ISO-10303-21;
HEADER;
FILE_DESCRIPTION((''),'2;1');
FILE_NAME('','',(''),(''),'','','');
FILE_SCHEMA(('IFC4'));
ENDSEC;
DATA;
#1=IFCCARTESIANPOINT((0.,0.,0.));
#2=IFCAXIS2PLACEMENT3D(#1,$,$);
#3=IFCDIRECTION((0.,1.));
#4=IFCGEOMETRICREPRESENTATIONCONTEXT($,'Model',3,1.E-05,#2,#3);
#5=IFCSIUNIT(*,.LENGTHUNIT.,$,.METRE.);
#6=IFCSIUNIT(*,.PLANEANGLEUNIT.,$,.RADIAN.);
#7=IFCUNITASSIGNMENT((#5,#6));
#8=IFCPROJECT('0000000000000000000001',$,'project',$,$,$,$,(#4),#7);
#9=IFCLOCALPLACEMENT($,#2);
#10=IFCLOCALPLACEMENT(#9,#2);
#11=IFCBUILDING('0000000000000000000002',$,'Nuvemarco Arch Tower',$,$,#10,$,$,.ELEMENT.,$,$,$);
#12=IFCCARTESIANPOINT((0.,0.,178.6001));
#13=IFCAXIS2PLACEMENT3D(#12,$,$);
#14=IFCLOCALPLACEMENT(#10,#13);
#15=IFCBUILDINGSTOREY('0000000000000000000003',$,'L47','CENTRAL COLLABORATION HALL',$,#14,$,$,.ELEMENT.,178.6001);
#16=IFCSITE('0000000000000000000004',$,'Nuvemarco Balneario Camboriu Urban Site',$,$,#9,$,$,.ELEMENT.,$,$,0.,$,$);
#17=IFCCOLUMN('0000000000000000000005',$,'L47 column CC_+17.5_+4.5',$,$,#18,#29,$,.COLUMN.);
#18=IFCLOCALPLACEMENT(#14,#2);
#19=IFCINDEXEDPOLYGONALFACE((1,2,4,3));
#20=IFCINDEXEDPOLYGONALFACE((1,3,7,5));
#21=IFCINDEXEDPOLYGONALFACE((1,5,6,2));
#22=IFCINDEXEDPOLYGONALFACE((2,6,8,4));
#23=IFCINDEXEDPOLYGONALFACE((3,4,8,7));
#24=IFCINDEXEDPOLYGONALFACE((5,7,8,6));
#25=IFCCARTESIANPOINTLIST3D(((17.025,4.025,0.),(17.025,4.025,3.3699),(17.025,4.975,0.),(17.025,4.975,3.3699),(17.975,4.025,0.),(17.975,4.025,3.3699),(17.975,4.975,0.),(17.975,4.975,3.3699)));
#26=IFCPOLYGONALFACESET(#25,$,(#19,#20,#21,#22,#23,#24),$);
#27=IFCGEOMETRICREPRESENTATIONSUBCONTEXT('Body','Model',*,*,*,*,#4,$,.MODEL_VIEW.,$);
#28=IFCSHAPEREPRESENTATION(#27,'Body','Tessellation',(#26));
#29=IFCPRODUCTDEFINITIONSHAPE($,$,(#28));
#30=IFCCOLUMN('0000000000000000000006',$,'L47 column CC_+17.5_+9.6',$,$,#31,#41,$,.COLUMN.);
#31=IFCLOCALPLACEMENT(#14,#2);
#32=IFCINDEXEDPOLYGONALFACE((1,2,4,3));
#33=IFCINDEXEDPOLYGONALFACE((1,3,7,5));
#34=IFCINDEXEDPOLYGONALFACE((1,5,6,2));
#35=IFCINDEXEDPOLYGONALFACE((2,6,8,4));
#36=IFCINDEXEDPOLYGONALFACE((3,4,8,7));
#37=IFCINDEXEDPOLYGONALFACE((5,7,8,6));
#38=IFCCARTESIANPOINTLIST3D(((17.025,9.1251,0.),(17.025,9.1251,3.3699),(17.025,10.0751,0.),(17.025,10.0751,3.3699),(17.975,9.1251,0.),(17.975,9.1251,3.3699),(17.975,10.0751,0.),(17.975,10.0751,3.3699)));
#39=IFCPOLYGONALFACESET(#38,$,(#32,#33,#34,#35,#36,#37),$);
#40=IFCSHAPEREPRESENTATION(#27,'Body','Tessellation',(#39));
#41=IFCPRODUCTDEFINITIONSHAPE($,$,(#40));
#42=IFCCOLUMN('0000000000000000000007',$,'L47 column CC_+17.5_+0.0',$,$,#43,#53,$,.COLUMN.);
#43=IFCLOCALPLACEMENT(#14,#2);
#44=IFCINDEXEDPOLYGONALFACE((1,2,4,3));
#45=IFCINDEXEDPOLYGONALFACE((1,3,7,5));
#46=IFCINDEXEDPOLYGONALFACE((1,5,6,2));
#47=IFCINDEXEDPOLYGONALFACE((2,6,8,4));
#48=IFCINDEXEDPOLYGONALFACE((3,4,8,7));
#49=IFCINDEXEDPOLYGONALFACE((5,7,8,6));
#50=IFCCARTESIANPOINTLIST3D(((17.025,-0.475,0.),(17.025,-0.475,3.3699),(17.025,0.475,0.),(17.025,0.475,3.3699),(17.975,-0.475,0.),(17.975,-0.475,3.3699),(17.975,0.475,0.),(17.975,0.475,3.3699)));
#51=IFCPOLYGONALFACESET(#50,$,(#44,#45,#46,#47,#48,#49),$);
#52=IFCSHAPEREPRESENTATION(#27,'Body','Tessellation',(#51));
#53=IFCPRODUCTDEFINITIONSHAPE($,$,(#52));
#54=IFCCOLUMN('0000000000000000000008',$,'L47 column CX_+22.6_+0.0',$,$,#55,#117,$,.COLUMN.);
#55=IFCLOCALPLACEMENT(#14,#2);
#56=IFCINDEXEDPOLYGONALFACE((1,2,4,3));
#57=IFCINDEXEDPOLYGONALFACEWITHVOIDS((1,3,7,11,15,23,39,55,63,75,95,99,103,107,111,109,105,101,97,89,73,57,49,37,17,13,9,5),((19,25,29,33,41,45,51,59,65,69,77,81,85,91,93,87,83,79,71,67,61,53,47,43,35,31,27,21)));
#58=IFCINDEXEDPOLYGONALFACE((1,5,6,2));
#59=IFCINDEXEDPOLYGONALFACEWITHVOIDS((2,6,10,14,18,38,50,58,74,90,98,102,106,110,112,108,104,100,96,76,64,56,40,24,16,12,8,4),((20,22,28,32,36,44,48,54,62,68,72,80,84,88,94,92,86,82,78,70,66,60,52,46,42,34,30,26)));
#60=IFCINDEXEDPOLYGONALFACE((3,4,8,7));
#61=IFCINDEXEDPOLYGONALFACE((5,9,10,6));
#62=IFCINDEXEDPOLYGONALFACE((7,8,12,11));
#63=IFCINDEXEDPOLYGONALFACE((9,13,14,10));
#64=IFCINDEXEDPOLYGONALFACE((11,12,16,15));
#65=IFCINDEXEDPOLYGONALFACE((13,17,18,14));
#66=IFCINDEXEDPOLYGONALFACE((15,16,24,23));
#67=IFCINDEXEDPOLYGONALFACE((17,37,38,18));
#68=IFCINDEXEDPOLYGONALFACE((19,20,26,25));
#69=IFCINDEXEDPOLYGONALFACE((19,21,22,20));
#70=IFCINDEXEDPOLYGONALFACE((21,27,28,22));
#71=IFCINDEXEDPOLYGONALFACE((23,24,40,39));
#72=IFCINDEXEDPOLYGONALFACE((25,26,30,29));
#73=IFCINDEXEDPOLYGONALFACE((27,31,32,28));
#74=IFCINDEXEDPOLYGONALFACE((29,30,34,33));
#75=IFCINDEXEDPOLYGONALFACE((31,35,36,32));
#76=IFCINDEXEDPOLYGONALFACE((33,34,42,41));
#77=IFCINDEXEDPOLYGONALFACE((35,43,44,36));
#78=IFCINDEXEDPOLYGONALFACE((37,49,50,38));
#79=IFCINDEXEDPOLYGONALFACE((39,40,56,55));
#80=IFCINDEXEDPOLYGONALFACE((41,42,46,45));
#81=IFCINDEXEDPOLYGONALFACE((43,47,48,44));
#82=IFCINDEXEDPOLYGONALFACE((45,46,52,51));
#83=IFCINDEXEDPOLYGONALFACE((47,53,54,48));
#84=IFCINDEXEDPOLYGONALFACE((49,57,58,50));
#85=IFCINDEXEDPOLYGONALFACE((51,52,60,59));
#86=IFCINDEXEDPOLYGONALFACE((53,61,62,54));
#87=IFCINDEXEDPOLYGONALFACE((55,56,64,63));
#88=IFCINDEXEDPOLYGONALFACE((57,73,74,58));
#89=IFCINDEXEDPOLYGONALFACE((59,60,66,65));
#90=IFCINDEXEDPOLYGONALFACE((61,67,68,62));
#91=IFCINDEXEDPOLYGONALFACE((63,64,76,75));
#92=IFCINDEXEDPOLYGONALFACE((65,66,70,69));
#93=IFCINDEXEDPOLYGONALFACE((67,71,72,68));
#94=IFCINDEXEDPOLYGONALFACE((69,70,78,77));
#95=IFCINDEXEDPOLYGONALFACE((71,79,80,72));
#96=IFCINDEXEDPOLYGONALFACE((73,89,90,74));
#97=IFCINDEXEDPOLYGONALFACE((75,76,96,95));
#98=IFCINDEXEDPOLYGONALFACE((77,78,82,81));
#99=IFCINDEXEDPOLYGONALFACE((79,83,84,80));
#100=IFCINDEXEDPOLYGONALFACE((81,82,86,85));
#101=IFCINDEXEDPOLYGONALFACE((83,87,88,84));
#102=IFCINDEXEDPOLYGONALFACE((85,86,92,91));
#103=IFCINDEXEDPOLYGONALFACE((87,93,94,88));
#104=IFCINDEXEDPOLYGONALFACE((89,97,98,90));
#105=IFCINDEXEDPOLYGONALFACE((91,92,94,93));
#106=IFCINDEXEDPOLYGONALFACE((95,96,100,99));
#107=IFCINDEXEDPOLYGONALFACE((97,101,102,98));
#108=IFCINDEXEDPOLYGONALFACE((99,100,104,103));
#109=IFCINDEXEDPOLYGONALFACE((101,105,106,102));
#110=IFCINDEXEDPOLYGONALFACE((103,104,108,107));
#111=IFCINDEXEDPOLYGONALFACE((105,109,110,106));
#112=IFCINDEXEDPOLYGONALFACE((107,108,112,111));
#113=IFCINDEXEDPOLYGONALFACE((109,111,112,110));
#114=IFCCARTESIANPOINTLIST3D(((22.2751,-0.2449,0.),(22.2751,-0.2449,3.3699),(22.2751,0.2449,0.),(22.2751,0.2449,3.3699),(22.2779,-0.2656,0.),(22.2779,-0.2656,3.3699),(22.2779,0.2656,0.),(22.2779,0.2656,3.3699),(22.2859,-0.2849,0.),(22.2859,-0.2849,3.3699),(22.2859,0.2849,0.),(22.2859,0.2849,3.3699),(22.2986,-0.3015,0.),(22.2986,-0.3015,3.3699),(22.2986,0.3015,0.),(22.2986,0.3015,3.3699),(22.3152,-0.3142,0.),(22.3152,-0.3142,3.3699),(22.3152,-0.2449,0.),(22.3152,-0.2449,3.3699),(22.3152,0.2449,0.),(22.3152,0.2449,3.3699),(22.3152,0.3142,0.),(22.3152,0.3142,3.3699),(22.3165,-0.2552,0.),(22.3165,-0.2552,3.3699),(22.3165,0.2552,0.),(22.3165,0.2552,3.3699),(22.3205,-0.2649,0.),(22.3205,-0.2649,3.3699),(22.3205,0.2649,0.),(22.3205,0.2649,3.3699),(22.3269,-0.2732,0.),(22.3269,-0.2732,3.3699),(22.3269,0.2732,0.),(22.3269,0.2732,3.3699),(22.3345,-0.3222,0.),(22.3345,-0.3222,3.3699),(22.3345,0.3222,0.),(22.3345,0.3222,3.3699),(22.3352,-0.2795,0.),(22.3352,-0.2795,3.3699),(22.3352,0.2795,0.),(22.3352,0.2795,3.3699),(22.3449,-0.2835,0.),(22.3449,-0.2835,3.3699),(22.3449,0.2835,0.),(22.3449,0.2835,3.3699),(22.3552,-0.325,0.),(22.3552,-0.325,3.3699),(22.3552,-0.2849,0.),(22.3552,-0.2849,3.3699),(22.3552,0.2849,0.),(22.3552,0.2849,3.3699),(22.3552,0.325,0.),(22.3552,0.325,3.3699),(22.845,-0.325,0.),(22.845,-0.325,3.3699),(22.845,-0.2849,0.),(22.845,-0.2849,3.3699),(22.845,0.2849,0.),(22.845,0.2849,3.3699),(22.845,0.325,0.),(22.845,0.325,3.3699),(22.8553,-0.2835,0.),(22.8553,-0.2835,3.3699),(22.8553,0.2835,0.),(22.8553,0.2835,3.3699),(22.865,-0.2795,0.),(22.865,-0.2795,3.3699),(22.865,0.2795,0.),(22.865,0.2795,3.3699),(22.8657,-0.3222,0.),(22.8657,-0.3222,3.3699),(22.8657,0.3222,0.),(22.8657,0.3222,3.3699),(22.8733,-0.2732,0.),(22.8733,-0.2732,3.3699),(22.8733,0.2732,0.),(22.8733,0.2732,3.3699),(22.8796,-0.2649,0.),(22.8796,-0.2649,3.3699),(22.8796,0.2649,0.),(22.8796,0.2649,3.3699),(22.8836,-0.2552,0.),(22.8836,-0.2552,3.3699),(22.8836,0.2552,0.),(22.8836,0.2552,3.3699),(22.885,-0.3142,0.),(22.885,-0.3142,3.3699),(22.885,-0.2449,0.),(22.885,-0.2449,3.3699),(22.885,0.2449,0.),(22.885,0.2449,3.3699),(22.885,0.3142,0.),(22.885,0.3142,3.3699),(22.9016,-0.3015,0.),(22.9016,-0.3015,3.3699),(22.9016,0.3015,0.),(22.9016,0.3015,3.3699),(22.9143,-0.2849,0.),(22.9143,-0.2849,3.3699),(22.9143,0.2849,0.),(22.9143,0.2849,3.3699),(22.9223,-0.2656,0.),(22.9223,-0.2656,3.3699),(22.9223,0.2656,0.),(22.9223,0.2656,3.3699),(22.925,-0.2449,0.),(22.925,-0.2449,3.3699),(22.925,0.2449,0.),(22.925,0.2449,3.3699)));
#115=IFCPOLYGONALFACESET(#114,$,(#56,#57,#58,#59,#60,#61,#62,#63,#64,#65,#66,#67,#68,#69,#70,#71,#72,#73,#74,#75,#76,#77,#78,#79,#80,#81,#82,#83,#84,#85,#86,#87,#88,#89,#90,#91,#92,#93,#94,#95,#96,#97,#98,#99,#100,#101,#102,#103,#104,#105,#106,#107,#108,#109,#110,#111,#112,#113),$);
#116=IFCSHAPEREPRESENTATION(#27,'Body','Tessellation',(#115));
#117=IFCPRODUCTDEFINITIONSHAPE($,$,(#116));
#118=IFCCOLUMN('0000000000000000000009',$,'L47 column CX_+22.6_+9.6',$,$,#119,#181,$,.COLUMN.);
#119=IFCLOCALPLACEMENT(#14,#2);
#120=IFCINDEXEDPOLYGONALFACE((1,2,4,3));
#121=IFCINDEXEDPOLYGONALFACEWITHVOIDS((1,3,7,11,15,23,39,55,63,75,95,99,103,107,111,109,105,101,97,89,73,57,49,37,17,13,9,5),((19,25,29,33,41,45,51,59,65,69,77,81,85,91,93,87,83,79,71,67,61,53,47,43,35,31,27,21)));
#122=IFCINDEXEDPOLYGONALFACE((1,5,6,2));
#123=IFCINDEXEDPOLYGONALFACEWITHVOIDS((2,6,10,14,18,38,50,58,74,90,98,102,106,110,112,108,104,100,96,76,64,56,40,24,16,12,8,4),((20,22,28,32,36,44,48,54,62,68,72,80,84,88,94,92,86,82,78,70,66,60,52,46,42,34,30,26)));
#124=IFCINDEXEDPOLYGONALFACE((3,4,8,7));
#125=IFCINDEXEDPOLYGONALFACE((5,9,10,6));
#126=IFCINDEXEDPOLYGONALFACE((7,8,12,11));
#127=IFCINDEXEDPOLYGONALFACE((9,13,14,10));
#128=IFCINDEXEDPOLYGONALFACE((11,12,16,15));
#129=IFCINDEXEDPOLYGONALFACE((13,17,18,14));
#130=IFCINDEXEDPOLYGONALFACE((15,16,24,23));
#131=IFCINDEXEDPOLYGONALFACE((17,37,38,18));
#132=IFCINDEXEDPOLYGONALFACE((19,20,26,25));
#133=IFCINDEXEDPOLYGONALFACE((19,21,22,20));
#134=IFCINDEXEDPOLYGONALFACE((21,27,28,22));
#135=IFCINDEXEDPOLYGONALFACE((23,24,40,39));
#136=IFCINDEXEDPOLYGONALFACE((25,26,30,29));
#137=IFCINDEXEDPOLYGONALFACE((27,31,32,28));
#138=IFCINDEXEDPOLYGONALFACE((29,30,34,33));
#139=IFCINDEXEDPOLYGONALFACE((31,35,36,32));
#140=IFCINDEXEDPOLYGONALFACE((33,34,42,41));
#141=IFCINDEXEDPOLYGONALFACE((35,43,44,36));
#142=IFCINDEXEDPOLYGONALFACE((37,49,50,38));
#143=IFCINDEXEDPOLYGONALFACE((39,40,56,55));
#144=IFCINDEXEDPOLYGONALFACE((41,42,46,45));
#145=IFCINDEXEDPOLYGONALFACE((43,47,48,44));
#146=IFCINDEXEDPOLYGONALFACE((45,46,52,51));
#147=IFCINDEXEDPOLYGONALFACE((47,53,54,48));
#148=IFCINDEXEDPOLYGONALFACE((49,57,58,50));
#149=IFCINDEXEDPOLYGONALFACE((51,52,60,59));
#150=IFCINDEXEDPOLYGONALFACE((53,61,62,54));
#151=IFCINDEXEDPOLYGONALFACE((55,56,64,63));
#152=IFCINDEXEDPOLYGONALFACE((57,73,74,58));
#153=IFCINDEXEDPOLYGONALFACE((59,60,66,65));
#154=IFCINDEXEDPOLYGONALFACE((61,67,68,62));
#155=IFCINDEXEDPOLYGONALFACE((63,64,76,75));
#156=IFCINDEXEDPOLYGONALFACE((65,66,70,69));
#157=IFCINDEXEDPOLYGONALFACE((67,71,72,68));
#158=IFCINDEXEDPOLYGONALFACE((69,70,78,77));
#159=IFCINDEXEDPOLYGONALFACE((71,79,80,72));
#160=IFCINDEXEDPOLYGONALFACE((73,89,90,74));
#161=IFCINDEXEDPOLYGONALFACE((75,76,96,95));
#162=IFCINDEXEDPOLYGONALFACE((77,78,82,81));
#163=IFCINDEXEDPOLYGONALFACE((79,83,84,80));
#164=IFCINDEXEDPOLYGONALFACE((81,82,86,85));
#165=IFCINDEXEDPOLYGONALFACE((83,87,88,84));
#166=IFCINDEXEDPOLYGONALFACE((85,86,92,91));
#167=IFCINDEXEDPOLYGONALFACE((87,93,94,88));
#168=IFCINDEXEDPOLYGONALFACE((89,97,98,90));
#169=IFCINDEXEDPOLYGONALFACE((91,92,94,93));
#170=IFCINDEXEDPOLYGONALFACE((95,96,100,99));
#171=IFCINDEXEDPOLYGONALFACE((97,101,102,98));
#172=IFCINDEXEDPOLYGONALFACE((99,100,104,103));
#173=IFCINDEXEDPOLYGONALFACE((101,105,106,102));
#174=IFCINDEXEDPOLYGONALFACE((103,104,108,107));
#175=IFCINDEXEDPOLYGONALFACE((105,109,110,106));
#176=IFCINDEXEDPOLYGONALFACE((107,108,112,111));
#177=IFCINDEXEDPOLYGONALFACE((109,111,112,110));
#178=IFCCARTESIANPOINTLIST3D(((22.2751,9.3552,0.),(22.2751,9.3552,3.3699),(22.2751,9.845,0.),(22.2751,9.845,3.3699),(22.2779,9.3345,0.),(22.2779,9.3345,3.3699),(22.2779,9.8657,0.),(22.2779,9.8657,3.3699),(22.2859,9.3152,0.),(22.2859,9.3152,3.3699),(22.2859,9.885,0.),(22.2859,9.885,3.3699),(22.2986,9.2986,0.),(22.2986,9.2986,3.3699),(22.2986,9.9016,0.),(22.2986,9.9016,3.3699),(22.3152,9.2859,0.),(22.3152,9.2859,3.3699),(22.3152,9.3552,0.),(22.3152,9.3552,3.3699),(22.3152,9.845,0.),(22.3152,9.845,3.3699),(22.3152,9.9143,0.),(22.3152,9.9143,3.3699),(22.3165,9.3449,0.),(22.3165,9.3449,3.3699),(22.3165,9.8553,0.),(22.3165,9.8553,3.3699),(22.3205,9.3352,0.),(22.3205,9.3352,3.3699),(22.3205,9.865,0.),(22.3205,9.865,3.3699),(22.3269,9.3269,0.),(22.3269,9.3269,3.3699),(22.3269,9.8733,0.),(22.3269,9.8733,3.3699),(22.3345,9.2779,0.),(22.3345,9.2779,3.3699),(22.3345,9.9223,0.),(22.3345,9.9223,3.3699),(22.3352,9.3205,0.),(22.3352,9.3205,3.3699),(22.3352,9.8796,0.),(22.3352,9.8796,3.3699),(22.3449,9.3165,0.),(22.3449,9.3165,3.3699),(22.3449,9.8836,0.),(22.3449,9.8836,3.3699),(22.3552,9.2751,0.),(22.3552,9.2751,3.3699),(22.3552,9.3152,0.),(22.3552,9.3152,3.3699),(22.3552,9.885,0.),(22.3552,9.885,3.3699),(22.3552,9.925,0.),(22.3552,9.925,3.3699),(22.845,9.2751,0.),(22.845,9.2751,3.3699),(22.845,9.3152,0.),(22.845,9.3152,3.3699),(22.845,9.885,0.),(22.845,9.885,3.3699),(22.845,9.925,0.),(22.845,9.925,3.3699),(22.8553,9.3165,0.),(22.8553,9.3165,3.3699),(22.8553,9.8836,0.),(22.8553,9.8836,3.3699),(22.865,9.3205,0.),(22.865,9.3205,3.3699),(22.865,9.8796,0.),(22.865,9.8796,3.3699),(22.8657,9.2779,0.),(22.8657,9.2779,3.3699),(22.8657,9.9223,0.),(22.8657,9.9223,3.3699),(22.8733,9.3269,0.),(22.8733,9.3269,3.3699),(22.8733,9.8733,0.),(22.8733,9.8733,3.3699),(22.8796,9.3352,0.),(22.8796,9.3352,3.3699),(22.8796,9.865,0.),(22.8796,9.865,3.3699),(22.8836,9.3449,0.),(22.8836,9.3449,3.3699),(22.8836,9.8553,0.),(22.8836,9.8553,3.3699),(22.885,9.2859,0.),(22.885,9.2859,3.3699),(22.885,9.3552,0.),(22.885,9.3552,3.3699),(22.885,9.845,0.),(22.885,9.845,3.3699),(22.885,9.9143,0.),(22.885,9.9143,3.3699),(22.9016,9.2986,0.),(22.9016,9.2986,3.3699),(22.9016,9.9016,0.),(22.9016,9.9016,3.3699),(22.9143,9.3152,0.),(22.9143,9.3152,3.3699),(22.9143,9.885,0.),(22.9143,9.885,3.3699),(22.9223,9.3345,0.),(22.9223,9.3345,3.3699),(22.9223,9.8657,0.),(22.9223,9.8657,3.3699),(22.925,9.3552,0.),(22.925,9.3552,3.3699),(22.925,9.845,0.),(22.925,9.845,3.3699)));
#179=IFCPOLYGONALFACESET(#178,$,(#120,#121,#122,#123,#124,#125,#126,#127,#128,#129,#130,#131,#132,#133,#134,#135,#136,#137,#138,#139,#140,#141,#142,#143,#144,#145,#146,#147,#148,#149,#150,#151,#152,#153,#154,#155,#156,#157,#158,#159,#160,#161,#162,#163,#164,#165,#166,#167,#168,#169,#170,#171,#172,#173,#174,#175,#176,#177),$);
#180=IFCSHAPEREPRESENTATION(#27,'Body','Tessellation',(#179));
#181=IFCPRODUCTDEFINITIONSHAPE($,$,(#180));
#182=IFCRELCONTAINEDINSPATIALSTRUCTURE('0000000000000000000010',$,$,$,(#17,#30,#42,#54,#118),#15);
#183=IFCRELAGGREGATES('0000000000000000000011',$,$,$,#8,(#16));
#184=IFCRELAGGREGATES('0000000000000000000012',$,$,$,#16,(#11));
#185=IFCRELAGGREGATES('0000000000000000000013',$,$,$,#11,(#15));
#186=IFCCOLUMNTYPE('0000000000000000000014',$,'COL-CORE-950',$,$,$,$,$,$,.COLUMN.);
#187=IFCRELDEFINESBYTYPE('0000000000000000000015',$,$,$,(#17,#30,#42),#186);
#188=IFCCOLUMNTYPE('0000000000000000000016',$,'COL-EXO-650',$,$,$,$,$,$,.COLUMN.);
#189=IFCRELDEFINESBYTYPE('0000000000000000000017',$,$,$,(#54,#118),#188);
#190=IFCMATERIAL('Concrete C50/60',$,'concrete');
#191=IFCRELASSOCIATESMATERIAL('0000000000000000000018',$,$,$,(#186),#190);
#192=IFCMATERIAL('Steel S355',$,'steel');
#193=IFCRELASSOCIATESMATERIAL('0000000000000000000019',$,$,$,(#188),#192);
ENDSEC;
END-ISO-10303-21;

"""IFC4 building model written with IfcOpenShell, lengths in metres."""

from ifc_helpers import new_model, si_unit, direction, frame, origin, origin_2d, place, context, subcontext, project, spatial, rectangle, hollow_rectangle, extrude, material, material_profile, profile_set, type_object, element, save


model = new_model("IFC4")

# Units and contexts
model_context = context("Model", 3, precision=1e-05, world=origin(), true_north=direction((0.0, 1.0)))
body_context = subcontext(model_context, "Body", "Model", "MODEL_VIEW")
ifc_project = project(units=[si_unit("LENGTHUNIT", "METRE"), si_unit("PLANEANGLEUNIT", "RADIAN")], contexts=[model_context])

# Site, building, storey
site_placement = place(None, origin())
site = spatial("IfcSite", under=ifc_project, at=site_placement, Name="Nuvemarco Balneario Camboriu Urban Site", CompositionType="ELEMENT", RefElevation=0.0)
building_placement = place(site_placement, origin())
building = spatial("IfcBuilding", under=site, at=building_placement, Name="Nuvemarco Arch Tower", CompositionType="ELEMENT")
storey_placement = place(building_placement, frame((0.0, 0.0, 178.6001)))
storey = spatial("IfcBuildingStorey", under=building, at=storey_placement, Name="L47", Description="CENTRAL COLLABORATION HALL", CompositionType="ELEMENT", Elevation=178.6001)

# Columns
ifc_material_1 = material(Name="Concrete C50/60", Category="concrete")
ifc_material_profile_1 = material_profile(ifc_material_1, rectangle(XDim=0.95, YDim=0.95, at=origin_2d()), Name="RC-COL-950x950")
ifc_profile_set_1 = profile_set([ifc_material_profile_1], Name="Concrete C50/60")
column_type_1 = type_object("IfcColumnType", Name="COL-CORE-950", PredefinedType="COLUMN", material=ifc_profile_set_1)
for number, where, z_axis, x_axis, name in (
    (1, (17.5, 4.5, 0.0), (0.0, 0.0, 1.0), (1.0, 0.0, 0.0), "L47 column CC_+17.5_+4.5"),
    (2, (17.5, 9.6001, 0.0), (0.0, 0.0, 1.0), (1.0, 0.0, 0.0), "L47 column CC_+17.5_+9.6"),
    (3, (17.5, 0.0, 0.0), (0.0, 0.0, 1.0), (1.0, 0.0, 0.0), "L47 column CC_+17.5_+0.0"),
):
    element("IfcColumn", number, at=place(storey_placement, frame(where, z_axis=z_axis, x_axis=x_axis)), inside=storey, type_object=column_type_1, Name=name, PredefinedType="COLUMN", context=body_context, shape_type="SweptSolid", body=[
        extrude(rectangle(XDim=0.95, YDim=0.95, at=origin_2d()), origin(), (0.0, 0.0, 1.0), 3.3699),
    ])
ifc_material_2 = material(Name="Steel S355", Category="steel")
ifc_material_profile_2 = material_profile(ifc_material_2, hollow_rectangle(XDim=0.6499, YDim=0.6499, WallThickness=0.04, InnerFilletRadius=0.04, OuterFilletRadius=0.0801, at=origin_2d()), Name="SHS650x650x40")
ifc_profile_set_2 = profile_set([ifc_material_profile_2], Name="Steel S355")
column_type_2 = type_object("IfcColumnType", Name="COL-EXO-650", PredefinedType="COLUMN", material=ifc_profile_set_2)
for number, where, z_axis, x_axis, name in (
    (4, (22.6001, 0.0, 0.0), (0.0, 0.0, 1.0), (1.0, 0.0, 0.0), "L47 column CX_+22.6_+0.0"),
    (5, (22.6001, 9.6001, 0.0), (0.0, 0.0, 1.0), (1.0, 0.0, 0.0), "L47 column CX_+22.6_+9.6"),
):
    element("IfcColumn", number, at=place(storey_placement, frame(where, z_axis=z_axis, x_axis=x_axis)), inside=storey, type_object=column_type_2, Name=name, PredefinedType="COLUMN", context=body_context, shape_type="SweptSolid", body=[
        extrude(hollow_rectangle(XDim=0.6499, YDim=0.6499, WallThickness=0.04, InnerFilletRadius=0.04, OuterFilletRadius=0.0801, at=origin_2d()), origin(), (0.0, 0.0, 1.0), 3.3699),
    ])

save(model, "model.ifc")
